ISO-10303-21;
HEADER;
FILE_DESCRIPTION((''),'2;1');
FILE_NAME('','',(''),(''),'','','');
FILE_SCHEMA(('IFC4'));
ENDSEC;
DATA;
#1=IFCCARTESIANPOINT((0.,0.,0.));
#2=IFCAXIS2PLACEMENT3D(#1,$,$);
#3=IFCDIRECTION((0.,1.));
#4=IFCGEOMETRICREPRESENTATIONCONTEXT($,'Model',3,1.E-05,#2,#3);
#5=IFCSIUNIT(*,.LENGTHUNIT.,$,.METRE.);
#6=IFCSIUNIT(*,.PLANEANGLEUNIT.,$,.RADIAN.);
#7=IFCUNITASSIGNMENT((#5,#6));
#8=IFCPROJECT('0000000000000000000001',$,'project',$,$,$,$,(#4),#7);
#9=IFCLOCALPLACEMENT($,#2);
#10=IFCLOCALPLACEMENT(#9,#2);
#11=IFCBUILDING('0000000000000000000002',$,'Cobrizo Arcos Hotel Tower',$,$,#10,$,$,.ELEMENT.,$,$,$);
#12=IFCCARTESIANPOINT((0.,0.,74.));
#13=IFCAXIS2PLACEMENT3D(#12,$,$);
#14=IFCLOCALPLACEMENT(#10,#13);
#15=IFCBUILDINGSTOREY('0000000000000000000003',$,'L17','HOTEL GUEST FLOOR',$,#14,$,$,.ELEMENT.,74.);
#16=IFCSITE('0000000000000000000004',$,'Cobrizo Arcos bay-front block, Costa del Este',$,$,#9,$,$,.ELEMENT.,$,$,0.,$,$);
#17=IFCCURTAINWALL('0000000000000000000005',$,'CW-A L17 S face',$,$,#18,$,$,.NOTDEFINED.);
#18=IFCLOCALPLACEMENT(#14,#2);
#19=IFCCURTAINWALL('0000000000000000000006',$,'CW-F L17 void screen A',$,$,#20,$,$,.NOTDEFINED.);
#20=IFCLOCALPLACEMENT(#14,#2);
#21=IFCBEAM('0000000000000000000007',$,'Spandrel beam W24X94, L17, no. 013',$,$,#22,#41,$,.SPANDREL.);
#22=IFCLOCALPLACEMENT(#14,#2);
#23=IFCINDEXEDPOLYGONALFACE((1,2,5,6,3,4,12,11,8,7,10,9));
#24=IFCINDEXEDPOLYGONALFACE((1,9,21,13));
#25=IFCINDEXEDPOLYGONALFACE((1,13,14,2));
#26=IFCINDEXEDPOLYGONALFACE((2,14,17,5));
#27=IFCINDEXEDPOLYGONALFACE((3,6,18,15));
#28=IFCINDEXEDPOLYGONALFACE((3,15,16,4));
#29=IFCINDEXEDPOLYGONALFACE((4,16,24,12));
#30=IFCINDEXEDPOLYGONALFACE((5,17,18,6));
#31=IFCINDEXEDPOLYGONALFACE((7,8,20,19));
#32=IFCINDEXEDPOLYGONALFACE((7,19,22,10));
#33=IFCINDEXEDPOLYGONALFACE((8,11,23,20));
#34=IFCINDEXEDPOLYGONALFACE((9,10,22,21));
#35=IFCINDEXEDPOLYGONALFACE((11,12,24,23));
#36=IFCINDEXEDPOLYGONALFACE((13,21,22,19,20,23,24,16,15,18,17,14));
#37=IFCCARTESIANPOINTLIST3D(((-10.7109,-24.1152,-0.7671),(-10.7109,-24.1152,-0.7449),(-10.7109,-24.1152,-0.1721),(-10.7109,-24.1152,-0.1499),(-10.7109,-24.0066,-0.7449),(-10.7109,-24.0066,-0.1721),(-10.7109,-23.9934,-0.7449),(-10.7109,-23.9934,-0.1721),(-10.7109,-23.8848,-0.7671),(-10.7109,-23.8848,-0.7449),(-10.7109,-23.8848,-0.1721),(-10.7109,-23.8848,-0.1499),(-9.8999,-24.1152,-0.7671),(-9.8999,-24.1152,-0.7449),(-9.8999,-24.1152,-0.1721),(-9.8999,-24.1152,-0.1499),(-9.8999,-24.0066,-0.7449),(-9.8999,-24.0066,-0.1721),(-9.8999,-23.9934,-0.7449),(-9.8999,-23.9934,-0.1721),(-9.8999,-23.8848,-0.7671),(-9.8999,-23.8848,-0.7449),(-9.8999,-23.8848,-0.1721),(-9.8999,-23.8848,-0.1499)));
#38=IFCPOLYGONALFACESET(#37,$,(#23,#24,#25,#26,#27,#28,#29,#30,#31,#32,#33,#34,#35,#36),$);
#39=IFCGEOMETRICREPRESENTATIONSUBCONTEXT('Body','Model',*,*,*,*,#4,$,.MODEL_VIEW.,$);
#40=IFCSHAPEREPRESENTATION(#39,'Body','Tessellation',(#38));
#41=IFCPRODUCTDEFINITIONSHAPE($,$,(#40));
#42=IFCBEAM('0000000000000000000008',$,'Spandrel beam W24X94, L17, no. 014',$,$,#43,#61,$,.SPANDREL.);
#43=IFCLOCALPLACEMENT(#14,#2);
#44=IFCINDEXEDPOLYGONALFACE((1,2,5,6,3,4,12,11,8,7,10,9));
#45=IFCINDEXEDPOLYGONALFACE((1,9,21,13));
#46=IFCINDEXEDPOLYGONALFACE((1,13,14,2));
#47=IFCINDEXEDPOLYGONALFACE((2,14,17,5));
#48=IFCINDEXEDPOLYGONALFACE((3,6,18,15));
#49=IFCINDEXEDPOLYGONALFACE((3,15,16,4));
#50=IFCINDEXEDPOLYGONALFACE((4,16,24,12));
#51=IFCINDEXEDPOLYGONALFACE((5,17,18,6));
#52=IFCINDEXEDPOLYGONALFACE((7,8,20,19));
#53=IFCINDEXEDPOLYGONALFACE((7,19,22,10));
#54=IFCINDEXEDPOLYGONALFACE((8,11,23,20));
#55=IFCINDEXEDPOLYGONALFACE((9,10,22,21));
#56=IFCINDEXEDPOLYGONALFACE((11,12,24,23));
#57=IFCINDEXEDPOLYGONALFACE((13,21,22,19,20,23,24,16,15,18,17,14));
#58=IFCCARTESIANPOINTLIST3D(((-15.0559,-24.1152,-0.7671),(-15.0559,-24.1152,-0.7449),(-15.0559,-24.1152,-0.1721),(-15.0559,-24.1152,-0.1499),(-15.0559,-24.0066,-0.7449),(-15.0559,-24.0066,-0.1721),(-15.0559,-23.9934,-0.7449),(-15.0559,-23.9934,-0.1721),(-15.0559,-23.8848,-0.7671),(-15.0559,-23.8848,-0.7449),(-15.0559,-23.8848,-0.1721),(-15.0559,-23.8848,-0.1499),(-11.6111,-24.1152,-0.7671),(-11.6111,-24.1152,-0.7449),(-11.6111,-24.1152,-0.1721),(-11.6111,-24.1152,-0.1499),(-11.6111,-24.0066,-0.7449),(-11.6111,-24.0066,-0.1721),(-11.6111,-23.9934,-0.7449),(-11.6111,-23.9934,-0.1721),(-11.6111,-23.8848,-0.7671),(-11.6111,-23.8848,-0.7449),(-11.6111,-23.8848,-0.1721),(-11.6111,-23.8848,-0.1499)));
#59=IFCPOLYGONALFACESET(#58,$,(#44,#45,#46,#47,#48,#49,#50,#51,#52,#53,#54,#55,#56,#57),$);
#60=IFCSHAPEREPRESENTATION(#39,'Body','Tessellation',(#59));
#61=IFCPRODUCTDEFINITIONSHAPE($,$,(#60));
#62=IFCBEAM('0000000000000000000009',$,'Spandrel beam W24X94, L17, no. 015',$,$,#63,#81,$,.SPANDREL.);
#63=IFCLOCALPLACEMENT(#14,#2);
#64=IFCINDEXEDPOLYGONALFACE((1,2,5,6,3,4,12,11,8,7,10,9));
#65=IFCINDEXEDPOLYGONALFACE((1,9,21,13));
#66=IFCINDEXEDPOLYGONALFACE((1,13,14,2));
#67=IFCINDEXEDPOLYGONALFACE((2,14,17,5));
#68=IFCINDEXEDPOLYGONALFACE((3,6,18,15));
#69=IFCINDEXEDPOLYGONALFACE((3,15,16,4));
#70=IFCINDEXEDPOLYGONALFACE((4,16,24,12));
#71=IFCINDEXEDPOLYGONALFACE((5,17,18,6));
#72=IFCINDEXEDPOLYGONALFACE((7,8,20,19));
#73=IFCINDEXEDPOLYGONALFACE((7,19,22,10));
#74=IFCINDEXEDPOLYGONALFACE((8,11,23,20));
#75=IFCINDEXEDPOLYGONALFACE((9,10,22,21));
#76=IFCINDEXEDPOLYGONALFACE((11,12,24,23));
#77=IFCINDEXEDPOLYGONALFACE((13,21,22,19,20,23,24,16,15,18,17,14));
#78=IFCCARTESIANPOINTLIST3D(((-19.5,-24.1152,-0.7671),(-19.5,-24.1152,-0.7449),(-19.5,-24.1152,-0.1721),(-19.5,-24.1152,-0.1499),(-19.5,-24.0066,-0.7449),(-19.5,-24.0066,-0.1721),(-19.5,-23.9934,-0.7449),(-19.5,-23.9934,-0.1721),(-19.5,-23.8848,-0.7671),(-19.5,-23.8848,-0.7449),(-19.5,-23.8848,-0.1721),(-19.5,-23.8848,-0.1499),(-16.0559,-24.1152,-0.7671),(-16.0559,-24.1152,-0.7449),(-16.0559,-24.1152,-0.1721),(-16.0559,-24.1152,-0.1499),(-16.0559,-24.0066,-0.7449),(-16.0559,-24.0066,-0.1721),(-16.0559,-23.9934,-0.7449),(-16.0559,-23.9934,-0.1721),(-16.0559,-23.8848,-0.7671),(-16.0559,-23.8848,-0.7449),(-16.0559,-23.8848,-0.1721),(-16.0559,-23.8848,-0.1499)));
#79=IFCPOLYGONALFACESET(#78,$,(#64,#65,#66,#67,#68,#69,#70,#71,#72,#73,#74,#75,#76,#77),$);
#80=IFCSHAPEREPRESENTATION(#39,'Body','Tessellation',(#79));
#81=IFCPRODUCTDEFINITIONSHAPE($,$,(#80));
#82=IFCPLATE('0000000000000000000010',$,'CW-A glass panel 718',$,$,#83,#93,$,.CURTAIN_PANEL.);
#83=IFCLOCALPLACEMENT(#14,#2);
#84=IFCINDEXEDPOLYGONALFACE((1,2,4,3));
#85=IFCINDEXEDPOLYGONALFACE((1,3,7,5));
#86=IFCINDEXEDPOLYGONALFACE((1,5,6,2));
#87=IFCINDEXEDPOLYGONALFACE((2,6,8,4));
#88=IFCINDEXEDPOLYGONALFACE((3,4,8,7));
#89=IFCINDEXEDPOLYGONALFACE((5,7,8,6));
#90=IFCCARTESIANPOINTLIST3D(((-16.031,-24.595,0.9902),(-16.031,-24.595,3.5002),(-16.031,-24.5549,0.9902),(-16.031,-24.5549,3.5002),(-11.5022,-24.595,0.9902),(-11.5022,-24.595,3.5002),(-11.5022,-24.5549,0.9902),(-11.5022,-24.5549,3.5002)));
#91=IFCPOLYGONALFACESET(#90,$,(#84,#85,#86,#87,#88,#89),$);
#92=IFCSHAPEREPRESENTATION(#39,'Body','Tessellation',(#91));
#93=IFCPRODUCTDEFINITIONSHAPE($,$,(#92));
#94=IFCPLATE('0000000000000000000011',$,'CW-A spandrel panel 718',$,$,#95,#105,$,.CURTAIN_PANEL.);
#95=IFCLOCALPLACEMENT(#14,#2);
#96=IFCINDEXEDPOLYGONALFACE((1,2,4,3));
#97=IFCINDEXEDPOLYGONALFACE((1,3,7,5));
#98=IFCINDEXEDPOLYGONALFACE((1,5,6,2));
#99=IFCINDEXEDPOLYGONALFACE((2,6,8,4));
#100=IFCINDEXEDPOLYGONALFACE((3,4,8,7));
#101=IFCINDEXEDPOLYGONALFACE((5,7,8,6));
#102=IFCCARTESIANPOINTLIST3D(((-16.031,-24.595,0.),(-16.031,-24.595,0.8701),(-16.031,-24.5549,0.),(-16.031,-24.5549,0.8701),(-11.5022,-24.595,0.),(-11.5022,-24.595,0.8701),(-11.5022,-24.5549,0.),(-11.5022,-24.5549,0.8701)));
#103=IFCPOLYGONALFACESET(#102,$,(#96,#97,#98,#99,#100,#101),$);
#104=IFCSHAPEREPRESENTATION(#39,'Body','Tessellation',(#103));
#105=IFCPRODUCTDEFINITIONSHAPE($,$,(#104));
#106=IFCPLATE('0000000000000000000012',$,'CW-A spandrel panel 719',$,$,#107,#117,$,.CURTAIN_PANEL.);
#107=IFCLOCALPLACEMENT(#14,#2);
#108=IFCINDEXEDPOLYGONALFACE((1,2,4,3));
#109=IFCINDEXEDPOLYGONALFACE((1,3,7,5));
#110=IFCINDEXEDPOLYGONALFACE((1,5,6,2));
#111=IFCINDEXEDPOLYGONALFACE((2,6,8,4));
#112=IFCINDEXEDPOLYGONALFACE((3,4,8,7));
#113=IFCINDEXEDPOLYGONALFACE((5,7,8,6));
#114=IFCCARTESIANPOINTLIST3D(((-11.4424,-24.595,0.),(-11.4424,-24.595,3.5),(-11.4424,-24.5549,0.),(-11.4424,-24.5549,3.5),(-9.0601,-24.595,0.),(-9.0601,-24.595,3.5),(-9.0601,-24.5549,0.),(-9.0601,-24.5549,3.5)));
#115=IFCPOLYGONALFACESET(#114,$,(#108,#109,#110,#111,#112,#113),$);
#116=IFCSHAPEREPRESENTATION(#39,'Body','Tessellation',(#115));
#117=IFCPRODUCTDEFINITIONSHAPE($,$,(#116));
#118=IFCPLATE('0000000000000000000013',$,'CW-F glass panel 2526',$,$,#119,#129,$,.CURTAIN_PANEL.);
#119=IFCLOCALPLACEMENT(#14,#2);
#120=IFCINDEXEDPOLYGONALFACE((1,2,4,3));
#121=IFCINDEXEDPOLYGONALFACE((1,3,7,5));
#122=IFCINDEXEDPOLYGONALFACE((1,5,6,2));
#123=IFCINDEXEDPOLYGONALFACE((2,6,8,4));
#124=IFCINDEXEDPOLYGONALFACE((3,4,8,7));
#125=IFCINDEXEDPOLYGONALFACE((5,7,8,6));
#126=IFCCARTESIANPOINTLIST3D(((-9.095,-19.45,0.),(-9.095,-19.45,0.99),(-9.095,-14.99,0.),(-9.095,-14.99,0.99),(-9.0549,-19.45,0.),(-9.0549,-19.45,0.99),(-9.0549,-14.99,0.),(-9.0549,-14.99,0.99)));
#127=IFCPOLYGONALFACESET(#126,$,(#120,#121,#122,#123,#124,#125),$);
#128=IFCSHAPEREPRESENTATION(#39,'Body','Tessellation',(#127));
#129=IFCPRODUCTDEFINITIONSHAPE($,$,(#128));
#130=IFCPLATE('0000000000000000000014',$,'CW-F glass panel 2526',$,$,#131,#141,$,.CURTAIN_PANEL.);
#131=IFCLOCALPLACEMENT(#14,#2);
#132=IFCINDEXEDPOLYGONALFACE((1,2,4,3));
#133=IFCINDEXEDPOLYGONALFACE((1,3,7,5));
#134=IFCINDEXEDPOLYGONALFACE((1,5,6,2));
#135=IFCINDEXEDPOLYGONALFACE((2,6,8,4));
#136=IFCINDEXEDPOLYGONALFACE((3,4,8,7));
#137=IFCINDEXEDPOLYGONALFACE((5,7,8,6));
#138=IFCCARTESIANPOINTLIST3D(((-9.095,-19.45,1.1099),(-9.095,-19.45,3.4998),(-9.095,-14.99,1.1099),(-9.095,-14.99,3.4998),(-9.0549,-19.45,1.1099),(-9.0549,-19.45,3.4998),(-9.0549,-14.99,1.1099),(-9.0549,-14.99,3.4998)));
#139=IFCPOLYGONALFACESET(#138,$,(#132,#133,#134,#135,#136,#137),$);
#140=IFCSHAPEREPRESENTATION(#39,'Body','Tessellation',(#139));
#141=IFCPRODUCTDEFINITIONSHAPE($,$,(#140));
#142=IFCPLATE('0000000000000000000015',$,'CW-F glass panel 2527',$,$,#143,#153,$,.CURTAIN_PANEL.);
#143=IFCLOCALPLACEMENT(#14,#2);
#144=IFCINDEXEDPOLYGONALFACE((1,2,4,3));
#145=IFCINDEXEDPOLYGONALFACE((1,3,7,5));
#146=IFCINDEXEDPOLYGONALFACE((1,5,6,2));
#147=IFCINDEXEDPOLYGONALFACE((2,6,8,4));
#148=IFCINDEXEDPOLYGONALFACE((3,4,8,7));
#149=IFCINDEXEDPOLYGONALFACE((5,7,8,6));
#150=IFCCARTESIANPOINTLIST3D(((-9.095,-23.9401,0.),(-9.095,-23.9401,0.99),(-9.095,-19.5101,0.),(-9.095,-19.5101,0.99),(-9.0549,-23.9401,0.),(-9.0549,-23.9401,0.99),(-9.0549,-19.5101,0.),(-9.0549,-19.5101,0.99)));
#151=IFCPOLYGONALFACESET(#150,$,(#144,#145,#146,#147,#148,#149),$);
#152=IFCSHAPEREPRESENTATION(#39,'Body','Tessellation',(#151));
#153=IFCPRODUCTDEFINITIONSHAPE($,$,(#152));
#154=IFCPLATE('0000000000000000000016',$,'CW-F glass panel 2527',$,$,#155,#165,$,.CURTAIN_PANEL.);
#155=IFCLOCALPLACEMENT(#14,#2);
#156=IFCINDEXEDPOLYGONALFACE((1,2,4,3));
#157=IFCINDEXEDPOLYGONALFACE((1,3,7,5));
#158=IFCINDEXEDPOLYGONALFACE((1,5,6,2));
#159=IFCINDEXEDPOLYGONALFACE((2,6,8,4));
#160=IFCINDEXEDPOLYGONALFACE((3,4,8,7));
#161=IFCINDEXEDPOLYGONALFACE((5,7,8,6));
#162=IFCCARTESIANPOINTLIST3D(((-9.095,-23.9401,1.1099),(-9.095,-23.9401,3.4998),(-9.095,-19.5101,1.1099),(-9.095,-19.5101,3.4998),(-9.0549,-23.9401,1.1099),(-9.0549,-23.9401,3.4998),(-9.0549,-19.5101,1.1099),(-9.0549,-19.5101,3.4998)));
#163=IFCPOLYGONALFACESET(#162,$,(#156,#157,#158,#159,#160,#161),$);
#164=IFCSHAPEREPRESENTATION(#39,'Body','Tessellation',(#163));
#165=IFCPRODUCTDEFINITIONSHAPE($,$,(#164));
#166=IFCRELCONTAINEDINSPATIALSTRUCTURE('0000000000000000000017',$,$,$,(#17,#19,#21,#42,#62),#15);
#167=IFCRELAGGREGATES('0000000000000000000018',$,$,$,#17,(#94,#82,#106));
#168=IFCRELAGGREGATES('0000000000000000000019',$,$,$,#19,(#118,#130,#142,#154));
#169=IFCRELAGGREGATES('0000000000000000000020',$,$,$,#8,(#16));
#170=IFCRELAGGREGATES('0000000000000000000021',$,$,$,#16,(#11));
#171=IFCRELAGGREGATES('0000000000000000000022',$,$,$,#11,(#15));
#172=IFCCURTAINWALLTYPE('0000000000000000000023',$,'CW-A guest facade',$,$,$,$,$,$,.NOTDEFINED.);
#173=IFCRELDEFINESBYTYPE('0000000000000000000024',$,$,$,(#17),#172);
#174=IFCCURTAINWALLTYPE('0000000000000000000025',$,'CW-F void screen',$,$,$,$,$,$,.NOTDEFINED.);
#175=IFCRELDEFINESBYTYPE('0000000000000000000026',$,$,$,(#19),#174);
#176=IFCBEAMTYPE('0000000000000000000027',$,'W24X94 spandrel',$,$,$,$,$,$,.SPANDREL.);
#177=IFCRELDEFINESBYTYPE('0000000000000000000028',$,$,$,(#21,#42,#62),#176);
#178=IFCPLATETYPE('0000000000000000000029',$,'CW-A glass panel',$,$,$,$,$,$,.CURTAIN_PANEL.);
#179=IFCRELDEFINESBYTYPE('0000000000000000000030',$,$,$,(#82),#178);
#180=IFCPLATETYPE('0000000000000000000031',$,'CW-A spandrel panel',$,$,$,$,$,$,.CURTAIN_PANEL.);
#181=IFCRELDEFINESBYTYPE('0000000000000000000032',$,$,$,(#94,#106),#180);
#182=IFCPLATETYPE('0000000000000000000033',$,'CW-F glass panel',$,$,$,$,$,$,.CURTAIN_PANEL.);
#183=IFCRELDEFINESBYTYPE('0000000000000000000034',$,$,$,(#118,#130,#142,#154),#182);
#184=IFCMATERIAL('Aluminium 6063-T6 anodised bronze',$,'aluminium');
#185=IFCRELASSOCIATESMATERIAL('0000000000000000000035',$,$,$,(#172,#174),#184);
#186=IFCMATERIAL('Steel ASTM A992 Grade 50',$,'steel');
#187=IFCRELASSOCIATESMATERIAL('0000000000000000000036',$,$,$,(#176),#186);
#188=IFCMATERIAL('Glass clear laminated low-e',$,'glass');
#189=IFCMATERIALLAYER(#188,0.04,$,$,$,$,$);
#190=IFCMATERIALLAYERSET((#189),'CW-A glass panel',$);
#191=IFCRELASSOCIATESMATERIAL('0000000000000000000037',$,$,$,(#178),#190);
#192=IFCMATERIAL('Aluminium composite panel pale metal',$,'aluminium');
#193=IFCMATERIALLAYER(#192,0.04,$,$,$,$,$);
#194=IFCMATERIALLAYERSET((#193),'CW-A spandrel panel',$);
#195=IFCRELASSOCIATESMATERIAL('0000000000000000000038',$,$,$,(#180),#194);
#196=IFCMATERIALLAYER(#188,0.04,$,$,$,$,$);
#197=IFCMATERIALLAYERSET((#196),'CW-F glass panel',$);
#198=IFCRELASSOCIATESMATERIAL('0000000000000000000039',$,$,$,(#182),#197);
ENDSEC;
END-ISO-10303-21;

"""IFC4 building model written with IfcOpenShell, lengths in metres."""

from ifc_helpers import new_model, si_unit, direction, frame, origin, origin_2d, place, context, subcontext, project, spatial, rectangle, i_section, extrude, material, layer, layer_set, material_profile, profile_set, type_object, element, aggregate, save


model = new_model("IFC4")

# Units and contexts
model_context = context("Model", 3, precision=1e-05, world=origin(), true_north=direction((0.0, 1.0)))
body_context = subcontext(model_context, "Body", "Model", "MODEL_VIEW")
ifc_project = project(units=[si_unit("LENGTHUNIT", "METRE"), si_unit("PLANEANGLEUNIT", "RADIAN")], contexts=[model_context])

# Site, building, storey
site_placement = place(None, origin())
site = spatial("IfcSite", under=ifc_project, at=site_placement, Name="Cobrizo Arcos bay-front block, Costa del Este", CompositionType="ELEMENT", RefElevation=0.0)
building_placement = place(site_placement, origin())
building = spatial("IfcBuilding", under=site, at=building_placement, Name="Cobrizo Arcos Hotel Tower", CompositionType="ELEMENT")
storey_placement = place(building_placement, frame((0.0, 0.0, 74.0)))
storey = spatial("IfcBuildingStorey", under=building, at=storey_placement, Name="L17", Description="HOTEL GUEST FLOOR", CompositionType="ELEMENT", Elevation=74.0)

# Curtain walls
ifc_material_1 = material(Name="Aluminium 6063-T6 anodised bronze", Category="aluminium")
curtain_wall_type_1 = type_object("IfcCurtainWallType", Name="CW-A guest facade", PredefinedType="NOTDEFINED", material=ifc_material_1)
curtain_wall_1_placement = place(storey_placement, origin())
curtain_wall_1 = element("IfcCurtainWall", 1, at=curtain_wall_1_placement, inside=storey, type_object=curtain_wall_type_1, Name="CW-A L17 S face", PredefinedType="NOTDEFINED")
curtain_wall_type_2 = type_object("IfcCurtainWallType", Name="CW-F void screen", PredefinedType="NOTDEFINED", material=ifc_material_1)
curtain_wall_2_placement = place(storey_placement, origin())
curtain_wall_2 = element("IfcCurtainWall", 2, at=curtain_wall_2_placement, inside=storey, type_object=curtain_wall_type_2, Name="CW-F L17 void screen A", PredefinedType="NOTDEFINED")

# Beams
ifc_material_2 = material(Name="Steel ASTM A992 Grade 50", Category="steel")
ifc_material_profile_1 = material_profile(ifc_material_2, i_section(OverallWidth=0.2305, OverallDepth=0.6172, WebThickness=0.0132, FlangeThickness=0.0222, at=origin_2d()), Name="W24X94")
ifc_profile_set_1 = profile_set([ifc_material_profile_1], Name="Steel ASTM A992 Grade 50")
beam_type_1 = type_object("IfcBeamType", Name="W24X94 spandrel", PredefinedType="SPANDREL", material=ifc_profile_set_1)
beam_1_placement = place(storey_placement, frame((-9.8999, -24.0, -0.4585), z_axis=(-1.0, 0.0, 0.0), x_axis=(0.0, -1.0, 0.0)))
element("IfcBeam", 3, at=beam_1_placement, inside=storey, type_object=beam_type_1, Name="Spandrel beam W24X94, L17, no. 013", PredefinedType="SPANDREL", context=body_context, shape_type="SweptSolid", body=[
    extrude(i_section(OverallWidth=0.2305, OverallDepth=0.6172, WebThickness=0.0132, FlangeThickness=0.0222, at=origin_2d()), origin(), (0.0, 0.0, 1.0), 0.811),
])
beam_2_placement = place(storey_placement, frame((-11.6111, -24.0, -0.4585), z_axis=(-1.0, 0.0, 0.0), x_axis=(0.0, -1.0, 0.0)))
element("IfcBeam", 4, at=beam_2_placement, inside=storey, type_object=beam_type_1, Name="Spandrel beam W24X94, L17, no. 014", PredefinedType="SPANDREL", context=body_context, shape_type="SweptSolid", body=[
    extrude(i_section(OverallWidth=0.2305, OverallDepth=0.6172, WebThickness=0.0132, FlangeThickness=0.0222, at=origin_2d()), origin(), (0.0, 0.0, 1.0), 3.4448),
])
beam_3_placement = place(storey_placement, frame((-16.0559, -24.0, -0.4585), z_axis=(-1.0, 0.0, 0.0), x_axis=(0.0, -1.0, 0.0)))
element("IfcBeam", 5, at=beam_3_placement, inside=storey, type_object=beam_type_1, Name="Spandrel beam W24X94, L17, no. 015", PredefinedType="SPANDREL", context=body_context, shape_type="SweptSolid", body=[
    extrude(i_section(OverallWidth=0.2305, OverallDepth=0.6172, WebThickness=0.0132, FlangeThickness=0.0222, at=origin_2d()), origin(), (0.0, 0.0, 1.0), 3.4441),
])

# Plates
ifc_material_3 = material(Name="Glass clear laminated low-e", Category="glass")
ifc_layer_1 = layer(ifc_material_3, 0.04)
ifc_layer_set_1 = layer_set([ifc_layer_1], Name="CW-A glass panel")
plate_type_1 = type_object("IfcPlateType", Name="CW-A glass panel", PredefinedType="CURTAIN_PANEL", material=ifc_layer_set_1)
plate_1_placement = place(storey_placement, frame((-13.7666, -24.575, 0.9902), z_axis=(0.0, 0.0, 1.0), x_axis=(1.0, 0.0, 0.0)))
plate_1 = element("IfcPlate", 6, at=plate_1_placement, type_object=plate_type_1, Name="CW-A glass panel 718", PredefinedType="CURTAIN_PANEL", context=body_context, shape_type="SweptSolid", body=[
    extrude(rectangle(XDim=4.5288, YDim=0.04, at=origin_2d()), origin(), (0.0, 0.0, 1.0), 2.51),
])
ifc_material_4 = material(Name="Aluminium composite panel pale metal", Category="aluminium")
ifc_layer_2 = layer(ifc_material_4, 0.04)
ifc_layer_set_2 = layer_set([ifc_layer_2], Name="CW-A spandrel panel")
plate_type_2 = type_object("IfcPlateType", Name="CW-A spandrel panel", PredefinedType="CURTAIN_PANEL", material=ifc_layer_set_2)
plate_2_placement = place(storey_placement, frame((-13.7666, -24.575, 0.0), z_axis=(0.0, 0.0, 1.0), x_axis=(1.0, 0.0, 0.0)))
plate_2 = element("IfcPlate", 7, at=plate_2_placement, type_object=plate_type_2, Name="CW-A spandrel panel 718", PredefinedType="CURTAIN_PANEL", context=body_context, shape_type="SweptSolid", body=[
    extrude(rectangle(XDim=4.5288, YDim=0.04, at=origin_2d()), origin(), (0.0, 0.0, 1.0), 0.8701),
])
plate_3_placement = place(storey_placement, frame((-10.2512, -24.575, 0.0), z_axis=(0.0, 0.0, 1.0), x_axis=(1.0, 0.0, 0.0)))
plate_3 = element("IfcPlate", 8, at=plate_3_placement, type_object=plate_type_2, Name="CW-A spandrel panel 719", PredefinedType="CURTAIN_PANEL", context=body_context, shape_type="SweptSolid", body=[
    extrude(rectangle(XDim=2.3823, YDim=0.04, at=origin_2d()), origin(), (0.0, 0.0, 1.0), 3.5),
])
aggregate(curtain_wall_1, [plate_2, plate_1, plate_3])
ifc_layer_3 = layer(ifc_material_3, 0.04)
ifc_layer_set_3 = layer_set([ifc_layer_3], Name="CW-F glass panel")
plate_type_3 = type_object("IfcPlateType", Name="CW-F glass panel", PredefinedType="CURTAIN_PANEL", material=ifc_layer_set_3)
plate_4_placement = place(storey_placement, frame((-9.075, -17.22, 0.0), z_axis=(0.0, 0.0, 1.0), x_axis=(0.0, -1.0, 0.0)))
plate_4 = element("IfcPlate", 9, at=plate_4_placement, type_object=plate_type_3, Name="CW-F glass panel 2526", PredefinedType="CURTAIN_PANEL", context=body_context, shape_type="SweptSolid", body=[
    extrude(rectangle(XDim=4.46, YDim=0.04, at=origin_2d()), origin(), (0.0, 0.0, 1.0), 0.99),
])
plate_5_placement = place(storey_placement, frame((-9.075, -17.22, 1.1099), z_axis=(0.0, 0.0, 1.0), x_axis=(0.0, -1.0, 0.0)))
plate_5 = element("IfcPlate", 10, at=plate_5_placement, type_object=plate_type_3, Name="CW-F glass panel 2526", PredefinedType="CURTAIN_PANEL", context=body_context, shape_type="SweptSolid", body=[
    extrude(rectangle(XDim=4.46, YDim=0.04, at=origin_2d()), origin(), (0.0, 0.0, 1.0), 2.3899),
])
plate_6_placement = place(storey_placement, frame((-9.075, -21.7251, 0.0), z_axis=(0.0, 0.0, 1.0), x_axis=(0.0, -1.0, 0.0)))
plate_6 = element("IfcPlate", 11, at=plate_6_placement, type_object=plate_type_3, Name="CW-F glass panel 2527", PredefinedType="CURTAIN_PANEL", context=body_context, shape_type="SweptSolid", body=[
    extrude(rectangle(XDim=4.4299, YDim=0.04, at=origin_2d()), origin(), (0.0, 0.0, 1.0), 0.99),
])
plate_7_placement = place(storey_placement, frame((-9.075, -21.7251, 1.1099), z_axis=(0.0, 0.0, 1.0), x_axis=(0.0, -1.0, 0.0)))
plate_7 = element("IfcPlate", 12, at=plate_7_placement, type_object=plate_type_3, Name="CW-F glass panel 2527", PredefinedType="CURTAIN_PANEL", context=body_context, shape_type="SweptSolid", body=[
    extrude(rectangle(XDim=4.4299, YDim=0.04, at=origin_2d()), origin(), (0.0, 0.0, 1.0), 2.3899),
])
aggregate(curtain_wall_2, [plate_4, plate_5, plate_6, plate_7])

save(model, "model.ifc")
